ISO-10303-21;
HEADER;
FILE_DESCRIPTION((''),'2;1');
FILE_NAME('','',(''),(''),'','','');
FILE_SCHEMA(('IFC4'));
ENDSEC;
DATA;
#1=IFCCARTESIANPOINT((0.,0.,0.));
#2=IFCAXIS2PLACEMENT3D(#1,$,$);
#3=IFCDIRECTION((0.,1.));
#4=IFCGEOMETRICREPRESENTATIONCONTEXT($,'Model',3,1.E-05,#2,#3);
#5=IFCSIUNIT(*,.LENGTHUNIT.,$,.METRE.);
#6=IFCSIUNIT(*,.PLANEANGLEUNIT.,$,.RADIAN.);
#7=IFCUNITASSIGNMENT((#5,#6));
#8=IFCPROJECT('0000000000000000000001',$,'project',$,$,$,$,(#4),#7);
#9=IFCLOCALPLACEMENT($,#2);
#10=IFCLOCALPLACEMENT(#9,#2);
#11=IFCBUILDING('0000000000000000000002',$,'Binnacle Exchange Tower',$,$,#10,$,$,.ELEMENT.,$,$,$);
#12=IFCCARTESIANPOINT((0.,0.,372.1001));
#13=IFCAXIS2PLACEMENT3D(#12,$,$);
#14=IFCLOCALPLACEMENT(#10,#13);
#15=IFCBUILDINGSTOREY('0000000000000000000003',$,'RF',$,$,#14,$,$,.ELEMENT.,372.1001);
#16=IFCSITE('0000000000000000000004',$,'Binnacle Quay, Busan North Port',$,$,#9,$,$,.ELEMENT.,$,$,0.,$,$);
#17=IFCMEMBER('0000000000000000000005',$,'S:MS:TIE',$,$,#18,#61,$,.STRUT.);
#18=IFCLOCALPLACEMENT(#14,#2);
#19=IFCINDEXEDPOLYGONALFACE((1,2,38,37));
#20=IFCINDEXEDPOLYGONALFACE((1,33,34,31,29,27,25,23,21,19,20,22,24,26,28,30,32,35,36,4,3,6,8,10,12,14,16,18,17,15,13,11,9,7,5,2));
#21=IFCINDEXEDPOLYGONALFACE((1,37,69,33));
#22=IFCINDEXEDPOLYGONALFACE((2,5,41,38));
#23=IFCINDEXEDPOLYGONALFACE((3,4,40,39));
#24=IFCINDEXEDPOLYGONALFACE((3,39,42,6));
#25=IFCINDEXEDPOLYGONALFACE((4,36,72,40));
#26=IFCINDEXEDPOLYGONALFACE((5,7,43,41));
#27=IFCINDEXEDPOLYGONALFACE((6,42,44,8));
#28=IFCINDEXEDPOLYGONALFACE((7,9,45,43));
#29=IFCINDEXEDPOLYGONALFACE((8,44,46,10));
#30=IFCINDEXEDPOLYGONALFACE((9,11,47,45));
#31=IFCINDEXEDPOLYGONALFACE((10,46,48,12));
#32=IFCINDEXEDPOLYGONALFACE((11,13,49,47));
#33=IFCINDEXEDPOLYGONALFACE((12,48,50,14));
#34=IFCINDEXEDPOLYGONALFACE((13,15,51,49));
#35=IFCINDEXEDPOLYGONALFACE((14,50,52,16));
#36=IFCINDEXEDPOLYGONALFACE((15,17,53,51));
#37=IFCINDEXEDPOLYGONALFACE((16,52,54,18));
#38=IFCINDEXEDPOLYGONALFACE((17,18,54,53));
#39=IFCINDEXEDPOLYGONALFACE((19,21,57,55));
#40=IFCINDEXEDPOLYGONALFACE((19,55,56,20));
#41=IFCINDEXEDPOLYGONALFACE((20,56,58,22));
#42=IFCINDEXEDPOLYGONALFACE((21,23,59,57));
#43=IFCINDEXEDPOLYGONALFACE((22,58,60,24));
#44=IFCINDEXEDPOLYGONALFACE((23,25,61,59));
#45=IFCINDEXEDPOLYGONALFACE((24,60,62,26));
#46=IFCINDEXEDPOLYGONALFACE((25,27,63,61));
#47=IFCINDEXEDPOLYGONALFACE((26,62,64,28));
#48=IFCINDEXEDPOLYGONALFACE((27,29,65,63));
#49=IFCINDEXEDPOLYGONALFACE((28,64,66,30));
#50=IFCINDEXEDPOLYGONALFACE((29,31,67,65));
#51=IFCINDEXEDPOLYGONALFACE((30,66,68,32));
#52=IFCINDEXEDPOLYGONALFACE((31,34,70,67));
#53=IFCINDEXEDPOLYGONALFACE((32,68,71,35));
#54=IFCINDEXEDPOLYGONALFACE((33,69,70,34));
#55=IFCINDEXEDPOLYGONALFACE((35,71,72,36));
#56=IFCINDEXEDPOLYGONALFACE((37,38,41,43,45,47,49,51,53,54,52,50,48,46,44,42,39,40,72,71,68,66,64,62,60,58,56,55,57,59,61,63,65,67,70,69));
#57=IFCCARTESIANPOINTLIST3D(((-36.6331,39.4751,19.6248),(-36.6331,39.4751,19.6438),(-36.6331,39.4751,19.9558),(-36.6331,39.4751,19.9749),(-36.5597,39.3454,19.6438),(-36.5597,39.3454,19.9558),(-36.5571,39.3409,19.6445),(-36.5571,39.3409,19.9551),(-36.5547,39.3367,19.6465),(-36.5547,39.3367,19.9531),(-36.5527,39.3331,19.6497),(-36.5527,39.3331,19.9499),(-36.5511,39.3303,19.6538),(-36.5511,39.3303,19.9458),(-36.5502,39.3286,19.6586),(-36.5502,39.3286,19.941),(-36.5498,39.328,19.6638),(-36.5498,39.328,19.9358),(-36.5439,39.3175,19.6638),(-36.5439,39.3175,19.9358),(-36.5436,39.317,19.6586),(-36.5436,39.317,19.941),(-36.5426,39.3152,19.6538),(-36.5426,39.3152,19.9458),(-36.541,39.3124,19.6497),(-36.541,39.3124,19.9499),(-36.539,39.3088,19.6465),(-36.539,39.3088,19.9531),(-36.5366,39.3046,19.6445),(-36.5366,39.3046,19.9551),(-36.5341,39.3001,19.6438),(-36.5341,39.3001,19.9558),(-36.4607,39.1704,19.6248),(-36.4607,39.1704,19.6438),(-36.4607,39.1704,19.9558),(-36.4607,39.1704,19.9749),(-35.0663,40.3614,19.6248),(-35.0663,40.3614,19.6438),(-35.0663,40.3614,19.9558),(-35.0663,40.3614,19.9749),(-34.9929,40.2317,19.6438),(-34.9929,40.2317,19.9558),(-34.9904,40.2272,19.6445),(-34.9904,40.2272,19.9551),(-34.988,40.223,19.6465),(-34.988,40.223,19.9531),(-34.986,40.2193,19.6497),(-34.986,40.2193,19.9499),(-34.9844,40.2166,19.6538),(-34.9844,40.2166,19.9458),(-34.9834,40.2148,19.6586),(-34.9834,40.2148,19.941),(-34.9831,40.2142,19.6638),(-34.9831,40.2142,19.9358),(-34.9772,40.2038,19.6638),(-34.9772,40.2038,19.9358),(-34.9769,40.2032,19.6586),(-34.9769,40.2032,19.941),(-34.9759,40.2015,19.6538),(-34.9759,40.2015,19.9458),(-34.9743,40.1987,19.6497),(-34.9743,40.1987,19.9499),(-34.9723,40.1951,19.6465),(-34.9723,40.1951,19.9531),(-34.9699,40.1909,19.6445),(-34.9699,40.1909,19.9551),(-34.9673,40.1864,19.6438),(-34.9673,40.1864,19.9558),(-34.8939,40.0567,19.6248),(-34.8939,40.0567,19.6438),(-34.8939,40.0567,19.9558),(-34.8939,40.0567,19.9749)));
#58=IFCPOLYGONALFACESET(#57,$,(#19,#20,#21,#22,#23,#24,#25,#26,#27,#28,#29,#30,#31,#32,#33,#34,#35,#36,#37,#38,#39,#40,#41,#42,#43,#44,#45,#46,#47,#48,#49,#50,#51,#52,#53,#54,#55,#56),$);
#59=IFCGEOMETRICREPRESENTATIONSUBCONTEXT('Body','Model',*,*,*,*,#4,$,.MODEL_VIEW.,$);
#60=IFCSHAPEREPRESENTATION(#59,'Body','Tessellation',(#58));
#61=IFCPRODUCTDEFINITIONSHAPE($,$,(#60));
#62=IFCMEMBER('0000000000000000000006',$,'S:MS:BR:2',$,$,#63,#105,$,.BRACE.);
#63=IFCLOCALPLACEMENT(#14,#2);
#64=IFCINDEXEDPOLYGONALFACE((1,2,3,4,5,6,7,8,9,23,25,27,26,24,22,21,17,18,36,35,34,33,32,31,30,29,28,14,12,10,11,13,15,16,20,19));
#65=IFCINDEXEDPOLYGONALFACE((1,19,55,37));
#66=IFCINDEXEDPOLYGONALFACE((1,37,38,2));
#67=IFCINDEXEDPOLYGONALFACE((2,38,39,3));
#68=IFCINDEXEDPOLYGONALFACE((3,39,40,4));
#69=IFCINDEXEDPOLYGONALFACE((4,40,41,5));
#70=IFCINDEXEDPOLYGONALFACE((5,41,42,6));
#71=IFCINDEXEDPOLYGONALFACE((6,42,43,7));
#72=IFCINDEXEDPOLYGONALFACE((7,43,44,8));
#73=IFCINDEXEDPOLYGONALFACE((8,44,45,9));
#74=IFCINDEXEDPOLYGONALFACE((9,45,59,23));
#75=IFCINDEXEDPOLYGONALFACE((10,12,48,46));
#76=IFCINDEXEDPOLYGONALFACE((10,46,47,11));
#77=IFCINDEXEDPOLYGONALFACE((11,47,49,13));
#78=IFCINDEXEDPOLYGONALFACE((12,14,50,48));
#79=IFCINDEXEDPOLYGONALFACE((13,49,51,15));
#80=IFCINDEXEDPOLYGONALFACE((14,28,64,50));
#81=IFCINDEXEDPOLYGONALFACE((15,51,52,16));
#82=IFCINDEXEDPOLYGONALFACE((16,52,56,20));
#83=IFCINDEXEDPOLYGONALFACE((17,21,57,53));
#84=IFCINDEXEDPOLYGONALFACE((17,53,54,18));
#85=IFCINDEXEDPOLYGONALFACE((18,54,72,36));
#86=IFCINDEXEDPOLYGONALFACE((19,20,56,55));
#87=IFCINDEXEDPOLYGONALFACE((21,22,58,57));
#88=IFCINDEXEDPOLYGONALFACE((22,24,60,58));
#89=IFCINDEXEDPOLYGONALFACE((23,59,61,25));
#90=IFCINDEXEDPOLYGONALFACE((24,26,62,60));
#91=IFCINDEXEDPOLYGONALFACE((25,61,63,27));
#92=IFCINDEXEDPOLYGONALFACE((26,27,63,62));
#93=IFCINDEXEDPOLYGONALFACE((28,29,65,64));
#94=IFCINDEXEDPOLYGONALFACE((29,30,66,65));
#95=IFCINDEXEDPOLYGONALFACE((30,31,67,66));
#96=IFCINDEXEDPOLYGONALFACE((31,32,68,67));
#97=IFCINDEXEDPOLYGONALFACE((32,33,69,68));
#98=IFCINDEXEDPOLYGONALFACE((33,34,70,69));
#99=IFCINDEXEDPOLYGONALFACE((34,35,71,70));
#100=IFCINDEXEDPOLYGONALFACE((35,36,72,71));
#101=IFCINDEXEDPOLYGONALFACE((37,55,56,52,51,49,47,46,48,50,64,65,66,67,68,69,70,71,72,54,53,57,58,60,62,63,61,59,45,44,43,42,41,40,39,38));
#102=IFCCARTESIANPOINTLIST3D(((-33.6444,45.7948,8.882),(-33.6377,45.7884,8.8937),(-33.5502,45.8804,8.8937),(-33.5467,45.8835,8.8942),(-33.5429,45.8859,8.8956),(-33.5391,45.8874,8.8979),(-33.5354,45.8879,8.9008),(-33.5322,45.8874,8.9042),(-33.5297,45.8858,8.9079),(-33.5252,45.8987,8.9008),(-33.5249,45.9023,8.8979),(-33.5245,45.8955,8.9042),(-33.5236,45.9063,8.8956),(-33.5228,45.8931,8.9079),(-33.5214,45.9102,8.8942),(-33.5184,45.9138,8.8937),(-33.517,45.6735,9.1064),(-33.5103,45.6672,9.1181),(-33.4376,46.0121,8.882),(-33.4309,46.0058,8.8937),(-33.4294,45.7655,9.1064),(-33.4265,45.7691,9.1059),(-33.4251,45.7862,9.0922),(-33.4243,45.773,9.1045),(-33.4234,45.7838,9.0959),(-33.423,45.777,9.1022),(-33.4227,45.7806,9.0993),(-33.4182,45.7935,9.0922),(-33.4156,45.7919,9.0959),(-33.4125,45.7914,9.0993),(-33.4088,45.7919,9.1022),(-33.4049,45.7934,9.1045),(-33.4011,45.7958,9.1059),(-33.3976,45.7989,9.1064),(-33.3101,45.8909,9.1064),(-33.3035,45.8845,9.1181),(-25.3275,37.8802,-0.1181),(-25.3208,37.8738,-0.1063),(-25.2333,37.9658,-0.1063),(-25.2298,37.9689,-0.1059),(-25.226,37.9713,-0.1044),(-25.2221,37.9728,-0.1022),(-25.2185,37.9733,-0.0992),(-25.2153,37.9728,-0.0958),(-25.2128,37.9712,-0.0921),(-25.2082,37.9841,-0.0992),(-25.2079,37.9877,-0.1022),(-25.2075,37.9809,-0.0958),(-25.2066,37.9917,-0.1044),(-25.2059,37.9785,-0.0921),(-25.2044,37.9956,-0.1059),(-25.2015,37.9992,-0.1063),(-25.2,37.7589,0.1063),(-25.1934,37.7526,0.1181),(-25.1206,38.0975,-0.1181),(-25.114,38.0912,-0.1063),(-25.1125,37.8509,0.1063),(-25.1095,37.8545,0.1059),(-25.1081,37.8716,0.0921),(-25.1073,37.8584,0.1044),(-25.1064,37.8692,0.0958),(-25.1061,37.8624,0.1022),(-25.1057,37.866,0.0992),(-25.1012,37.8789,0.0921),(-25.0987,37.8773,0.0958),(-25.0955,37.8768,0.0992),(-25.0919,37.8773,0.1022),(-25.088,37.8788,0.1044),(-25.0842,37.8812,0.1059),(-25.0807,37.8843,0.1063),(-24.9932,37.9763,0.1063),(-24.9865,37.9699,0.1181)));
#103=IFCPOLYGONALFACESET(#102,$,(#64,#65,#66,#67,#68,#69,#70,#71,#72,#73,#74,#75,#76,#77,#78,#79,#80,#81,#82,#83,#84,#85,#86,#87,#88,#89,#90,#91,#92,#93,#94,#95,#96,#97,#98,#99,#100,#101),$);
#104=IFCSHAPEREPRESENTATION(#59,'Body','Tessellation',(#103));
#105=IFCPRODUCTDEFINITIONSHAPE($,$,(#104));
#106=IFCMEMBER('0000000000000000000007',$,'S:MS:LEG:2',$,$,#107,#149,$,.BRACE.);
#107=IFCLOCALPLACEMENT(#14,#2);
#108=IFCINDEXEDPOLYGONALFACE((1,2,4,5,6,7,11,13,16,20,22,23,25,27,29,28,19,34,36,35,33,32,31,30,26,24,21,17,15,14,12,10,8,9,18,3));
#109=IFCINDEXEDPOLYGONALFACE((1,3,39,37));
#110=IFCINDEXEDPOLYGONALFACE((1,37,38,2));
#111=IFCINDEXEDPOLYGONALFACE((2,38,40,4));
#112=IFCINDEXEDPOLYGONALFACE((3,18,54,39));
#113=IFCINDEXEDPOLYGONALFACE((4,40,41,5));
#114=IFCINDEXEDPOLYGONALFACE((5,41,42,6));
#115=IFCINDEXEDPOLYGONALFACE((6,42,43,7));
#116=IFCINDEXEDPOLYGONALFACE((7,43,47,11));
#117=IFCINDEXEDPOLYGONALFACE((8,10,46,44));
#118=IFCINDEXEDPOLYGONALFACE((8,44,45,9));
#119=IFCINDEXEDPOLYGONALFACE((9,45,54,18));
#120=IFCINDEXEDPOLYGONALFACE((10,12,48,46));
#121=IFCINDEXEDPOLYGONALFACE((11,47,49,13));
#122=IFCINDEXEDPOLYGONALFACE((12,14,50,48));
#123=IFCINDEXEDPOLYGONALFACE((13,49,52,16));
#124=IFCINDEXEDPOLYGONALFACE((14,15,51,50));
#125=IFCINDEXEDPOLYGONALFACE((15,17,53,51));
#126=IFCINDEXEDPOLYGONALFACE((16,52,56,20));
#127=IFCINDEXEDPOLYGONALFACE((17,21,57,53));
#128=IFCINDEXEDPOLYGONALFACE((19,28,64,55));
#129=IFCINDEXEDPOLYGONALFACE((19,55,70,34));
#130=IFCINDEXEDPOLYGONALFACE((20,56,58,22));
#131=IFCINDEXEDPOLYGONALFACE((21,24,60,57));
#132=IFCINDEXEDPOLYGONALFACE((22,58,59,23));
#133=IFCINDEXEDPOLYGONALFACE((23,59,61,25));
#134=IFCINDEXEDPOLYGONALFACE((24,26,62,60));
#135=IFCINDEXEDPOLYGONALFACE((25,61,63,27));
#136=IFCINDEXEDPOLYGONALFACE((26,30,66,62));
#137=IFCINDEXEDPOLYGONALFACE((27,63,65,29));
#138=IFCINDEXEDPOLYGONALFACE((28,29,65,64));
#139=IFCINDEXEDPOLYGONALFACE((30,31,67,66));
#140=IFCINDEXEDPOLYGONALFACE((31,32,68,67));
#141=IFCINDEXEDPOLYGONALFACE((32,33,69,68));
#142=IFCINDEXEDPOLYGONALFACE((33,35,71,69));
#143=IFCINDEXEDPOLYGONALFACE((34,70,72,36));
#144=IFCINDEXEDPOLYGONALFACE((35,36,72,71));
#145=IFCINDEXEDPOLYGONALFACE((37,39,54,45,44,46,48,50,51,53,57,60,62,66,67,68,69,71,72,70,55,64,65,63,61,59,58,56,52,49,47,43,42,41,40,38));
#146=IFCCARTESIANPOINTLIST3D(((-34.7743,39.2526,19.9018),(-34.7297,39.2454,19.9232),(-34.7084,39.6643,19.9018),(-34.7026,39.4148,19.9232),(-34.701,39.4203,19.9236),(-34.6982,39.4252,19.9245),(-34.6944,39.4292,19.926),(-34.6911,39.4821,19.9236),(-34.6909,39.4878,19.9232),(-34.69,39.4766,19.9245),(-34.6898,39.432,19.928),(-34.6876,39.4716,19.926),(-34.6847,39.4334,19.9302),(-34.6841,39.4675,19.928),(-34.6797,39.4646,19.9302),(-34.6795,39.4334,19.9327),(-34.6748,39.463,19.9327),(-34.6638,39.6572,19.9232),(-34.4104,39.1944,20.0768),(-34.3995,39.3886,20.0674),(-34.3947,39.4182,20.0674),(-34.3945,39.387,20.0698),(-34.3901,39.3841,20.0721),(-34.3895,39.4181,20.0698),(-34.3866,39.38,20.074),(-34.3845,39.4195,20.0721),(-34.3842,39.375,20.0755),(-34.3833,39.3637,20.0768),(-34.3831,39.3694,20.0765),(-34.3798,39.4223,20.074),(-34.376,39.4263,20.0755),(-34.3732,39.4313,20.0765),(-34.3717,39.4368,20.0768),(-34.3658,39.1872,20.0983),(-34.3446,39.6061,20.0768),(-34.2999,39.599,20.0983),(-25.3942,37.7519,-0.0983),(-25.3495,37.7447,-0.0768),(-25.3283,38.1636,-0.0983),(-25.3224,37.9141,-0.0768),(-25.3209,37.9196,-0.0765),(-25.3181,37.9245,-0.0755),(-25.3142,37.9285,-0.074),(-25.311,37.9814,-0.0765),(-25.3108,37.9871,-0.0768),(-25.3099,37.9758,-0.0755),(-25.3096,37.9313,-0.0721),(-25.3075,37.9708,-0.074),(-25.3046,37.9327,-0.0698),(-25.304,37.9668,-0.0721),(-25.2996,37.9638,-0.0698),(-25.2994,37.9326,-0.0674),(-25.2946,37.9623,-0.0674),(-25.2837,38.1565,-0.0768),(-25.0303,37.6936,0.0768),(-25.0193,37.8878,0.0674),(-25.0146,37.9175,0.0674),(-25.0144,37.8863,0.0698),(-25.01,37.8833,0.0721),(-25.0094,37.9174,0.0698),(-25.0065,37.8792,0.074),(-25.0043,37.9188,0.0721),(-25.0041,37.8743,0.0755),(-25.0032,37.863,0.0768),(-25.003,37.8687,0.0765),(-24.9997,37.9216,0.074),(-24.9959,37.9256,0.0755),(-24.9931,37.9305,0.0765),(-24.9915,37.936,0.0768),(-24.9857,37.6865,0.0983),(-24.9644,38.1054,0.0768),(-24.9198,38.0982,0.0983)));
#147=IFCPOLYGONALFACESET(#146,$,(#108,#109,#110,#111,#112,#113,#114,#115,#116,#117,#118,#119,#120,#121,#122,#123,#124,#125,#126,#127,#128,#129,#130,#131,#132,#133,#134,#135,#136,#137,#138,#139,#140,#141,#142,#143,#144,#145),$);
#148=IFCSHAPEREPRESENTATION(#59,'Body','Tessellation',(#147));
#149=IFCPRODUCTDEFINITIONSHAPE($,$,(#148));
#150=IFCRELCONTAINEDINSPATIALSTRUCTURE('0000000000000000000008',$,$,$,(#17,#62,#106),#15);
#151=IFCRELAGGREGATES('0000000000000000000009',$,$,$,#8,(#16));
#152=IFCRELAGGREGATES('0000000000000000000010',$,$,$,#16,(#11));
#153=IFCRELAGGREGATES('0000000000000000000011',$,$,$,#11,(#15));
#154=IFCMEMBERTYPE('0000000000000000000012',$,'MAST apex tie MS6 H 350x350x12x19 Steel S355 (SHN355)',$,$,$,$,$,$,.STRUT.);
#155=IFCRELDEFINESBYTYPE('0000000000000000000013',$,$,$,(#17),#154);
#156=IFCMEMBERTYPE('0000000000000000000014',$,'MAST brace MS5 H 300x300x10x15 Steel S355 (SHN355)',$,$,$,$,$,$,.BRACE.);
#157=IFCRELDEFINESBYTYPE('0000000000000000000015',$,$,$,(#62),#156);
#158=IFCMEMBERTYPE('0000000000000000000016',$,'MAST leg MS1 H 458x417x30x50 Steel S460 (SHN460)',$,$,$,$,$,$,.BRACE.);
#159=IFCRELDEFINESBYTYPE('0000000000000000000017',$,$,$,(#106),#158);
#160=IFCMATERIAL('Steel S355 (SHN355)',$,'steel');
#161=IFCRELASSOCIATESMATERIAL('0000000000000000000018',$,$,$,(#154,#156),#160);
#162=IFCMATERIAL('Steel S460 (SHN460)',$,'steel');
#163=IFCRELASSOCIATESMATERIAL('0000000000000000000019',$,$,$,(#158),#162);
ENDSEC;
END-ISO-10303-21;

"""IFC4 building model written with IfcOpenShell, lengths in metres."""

from ifc_helpers import new_model, si_unit, direction, frame, origin, origin_2d, place, context, subcontext, project, spatial, i_section, extrude, material, material_profile, profile_set, type_object, element, save


model = new_model("IFC4")

# Units and contexts
model_context = context("Model", 3, precision=1e-05, world=origin(), true_north=direction((0.0, 1.0)))
body_context = subcontext(model_context, "Body", "Model", "MODEL_VIEW")
ifc_project = project(units=[si_unit("LENGTHUNIT", "METRE"), si_unit("PLANEANGLEUNIT", "RADIAN")], contexts=[model_context])

# Site, building, storey
site_placement = place(None, origin())
site = spatial("IfcSite", under=ifc_project, at=site_placement, Name="Binnacle Quay, Busan North Port", CompositionType="ELEMENT", RefElevation=0.0)
building_placement = place(site_placement, origin())
building = spatial("IfcBuilding", under=site, at=building_placement, Name="Binnacle Exchange Tower", CompositionType="ELEMENT")
storey_placement = place(building_placement, frame((0.0, 0.0, 372.1001)))
storey = spatial("IfcBuildingStorey", under=building, at=storey_placement, Name="RF", CompositionType="ELEMENT", Elevation=372.1001)

# Members
ifc_material_1 = material(Name="Steel S355 (SHN355)", Category="steel")
ifc_material_profile_1 = material_profile(ifc_material_1, i_section(OverallWidth=0.3501, OverallDepth=0.3501, WebThickness=0.012, FlangeThickness=0.019, FilletRadius=0.02, at=origin_2d()), Name="H 350x350x12x19")
ifc_profile_set_1 = profile_set([ifc_material_profile_1], Name="Steel S355 (SHN355)")
member_type_1 = type_object("IfcMemberType", Name="MAST apex tie MS6 H 350x350x12x19 Steel S355 (SHN355)", PredefinedType="STRUT", material=ifc_profile_set_1)
member_1_placement = place(storey_placement, frame((-36.5469, 39.3228, 19.7998), z_axis=(0.870388, 0.492366, 0.0), x_axis=(-0.492366, 0.870388, 0.0)))
element("IfcMember", 1, at=member_1_placement, inside=storey, type_object=member_type_1, Name="S:MS:TIE", PredefinedType="STRUT", context=body_context, shape_type="SweptSolid", body=[
    extrude(i_section(OverallWidth=0.3501, OverallDepth=0.3501, WebThickness=0.012, FlangeThickness=0.019, FilletRadius=0.02, at=origin_2d()), origin(), (0.0, 0.0, 1.0), 1.8),
])
ifc_material_profile_2 = material_profile(ifc_material_1, i_section(OverallWidth=0.3, OverallDepth=0.3, WebThickness=0.01, FlangeThickness=0.0149, FilletRadius=0.0181, at=origin_2d()), Name="H 300x300x10x15")
ifc_profile_set_2 = profile_set([ifc_material_profile_2], Name="Steel S355 (SHN355)")
member_type_2 = type_object("IfcMemberType", Name="MAST brace MS5 H 300x300x10x15 Steel S355 (SHN355)", PredefinedType="BRACE", material=ifc_profile_set_2)
member_2_placement = place(storey_placement, frame((-25.157, 37.925, 0.0), z_axis=(-0.570117, 0.542537, 0.616944), x_axis=(-0.689367, -0.724412, 0.0)))
element("IfcMember", 2, at=member_2_placement, inside=storey, type_object=member_type_2, Name="S:MS:BR:2", PredefinedType="BRACE", context=body_context, shape_type="SweptSolid", body=[
    extrude(i_section(OverallWidth=0.3, OverallDepth=0.3, WebThickness=0.01, FlangeThickness=0.0149, FilletRadius=0.0181, at=origin_2d()), origin(), (0.0, 0.0, 1.0), 14.5881),
])
ifc_material_2 = material(Name="Steel S460 (SHN460)", Category="steel")
ifc_material_profile_3 = material_profile(ifc_material_2, i_section(OverallWidth=0.417, OverallDepth=0.458, WebThickness=0.03, FlangeThickness=0.05, FilletRadius=0.022, at=origin_2d()), Name="H 458x417x30x50")
ifc_profile_set_3 = profile_set([ifc_material_profile_3], Name="Steel S460 (SHN460)")
member_type_3 = type_object("IfcMemberType", Name="MAST leg MS1 H 458x417x30x50 Steel S460 (SHN460)", PredefinedType="BRACE", material=ifc_profile_set_3)
member_3_placement = place(storey_placement, frame((-25.157, 37.925, 0.0), z_axis=(-0.423648, 0.06778, 0.903288), x_axis=(-0.157981, -0.987442, 0.0)))
element("IfcMember", 3, at=member_3_placement, inside=storey, type_object=member_type_3, Name="S:MS:LEG:2", PredefinedType="BRACE", context=body_context, shape_type="SweptSolid", body=[
    extrude(i_section(OverallWidth=0.417, OverallDepth=0.458, WebThickness=0.03, FlangeThickness=0.05, FilletRadius=0.022, at=origin_2d()), origin(), (0.0, 0.0, 1.0), 22.1414),
])

save(model, "model.ifc")
